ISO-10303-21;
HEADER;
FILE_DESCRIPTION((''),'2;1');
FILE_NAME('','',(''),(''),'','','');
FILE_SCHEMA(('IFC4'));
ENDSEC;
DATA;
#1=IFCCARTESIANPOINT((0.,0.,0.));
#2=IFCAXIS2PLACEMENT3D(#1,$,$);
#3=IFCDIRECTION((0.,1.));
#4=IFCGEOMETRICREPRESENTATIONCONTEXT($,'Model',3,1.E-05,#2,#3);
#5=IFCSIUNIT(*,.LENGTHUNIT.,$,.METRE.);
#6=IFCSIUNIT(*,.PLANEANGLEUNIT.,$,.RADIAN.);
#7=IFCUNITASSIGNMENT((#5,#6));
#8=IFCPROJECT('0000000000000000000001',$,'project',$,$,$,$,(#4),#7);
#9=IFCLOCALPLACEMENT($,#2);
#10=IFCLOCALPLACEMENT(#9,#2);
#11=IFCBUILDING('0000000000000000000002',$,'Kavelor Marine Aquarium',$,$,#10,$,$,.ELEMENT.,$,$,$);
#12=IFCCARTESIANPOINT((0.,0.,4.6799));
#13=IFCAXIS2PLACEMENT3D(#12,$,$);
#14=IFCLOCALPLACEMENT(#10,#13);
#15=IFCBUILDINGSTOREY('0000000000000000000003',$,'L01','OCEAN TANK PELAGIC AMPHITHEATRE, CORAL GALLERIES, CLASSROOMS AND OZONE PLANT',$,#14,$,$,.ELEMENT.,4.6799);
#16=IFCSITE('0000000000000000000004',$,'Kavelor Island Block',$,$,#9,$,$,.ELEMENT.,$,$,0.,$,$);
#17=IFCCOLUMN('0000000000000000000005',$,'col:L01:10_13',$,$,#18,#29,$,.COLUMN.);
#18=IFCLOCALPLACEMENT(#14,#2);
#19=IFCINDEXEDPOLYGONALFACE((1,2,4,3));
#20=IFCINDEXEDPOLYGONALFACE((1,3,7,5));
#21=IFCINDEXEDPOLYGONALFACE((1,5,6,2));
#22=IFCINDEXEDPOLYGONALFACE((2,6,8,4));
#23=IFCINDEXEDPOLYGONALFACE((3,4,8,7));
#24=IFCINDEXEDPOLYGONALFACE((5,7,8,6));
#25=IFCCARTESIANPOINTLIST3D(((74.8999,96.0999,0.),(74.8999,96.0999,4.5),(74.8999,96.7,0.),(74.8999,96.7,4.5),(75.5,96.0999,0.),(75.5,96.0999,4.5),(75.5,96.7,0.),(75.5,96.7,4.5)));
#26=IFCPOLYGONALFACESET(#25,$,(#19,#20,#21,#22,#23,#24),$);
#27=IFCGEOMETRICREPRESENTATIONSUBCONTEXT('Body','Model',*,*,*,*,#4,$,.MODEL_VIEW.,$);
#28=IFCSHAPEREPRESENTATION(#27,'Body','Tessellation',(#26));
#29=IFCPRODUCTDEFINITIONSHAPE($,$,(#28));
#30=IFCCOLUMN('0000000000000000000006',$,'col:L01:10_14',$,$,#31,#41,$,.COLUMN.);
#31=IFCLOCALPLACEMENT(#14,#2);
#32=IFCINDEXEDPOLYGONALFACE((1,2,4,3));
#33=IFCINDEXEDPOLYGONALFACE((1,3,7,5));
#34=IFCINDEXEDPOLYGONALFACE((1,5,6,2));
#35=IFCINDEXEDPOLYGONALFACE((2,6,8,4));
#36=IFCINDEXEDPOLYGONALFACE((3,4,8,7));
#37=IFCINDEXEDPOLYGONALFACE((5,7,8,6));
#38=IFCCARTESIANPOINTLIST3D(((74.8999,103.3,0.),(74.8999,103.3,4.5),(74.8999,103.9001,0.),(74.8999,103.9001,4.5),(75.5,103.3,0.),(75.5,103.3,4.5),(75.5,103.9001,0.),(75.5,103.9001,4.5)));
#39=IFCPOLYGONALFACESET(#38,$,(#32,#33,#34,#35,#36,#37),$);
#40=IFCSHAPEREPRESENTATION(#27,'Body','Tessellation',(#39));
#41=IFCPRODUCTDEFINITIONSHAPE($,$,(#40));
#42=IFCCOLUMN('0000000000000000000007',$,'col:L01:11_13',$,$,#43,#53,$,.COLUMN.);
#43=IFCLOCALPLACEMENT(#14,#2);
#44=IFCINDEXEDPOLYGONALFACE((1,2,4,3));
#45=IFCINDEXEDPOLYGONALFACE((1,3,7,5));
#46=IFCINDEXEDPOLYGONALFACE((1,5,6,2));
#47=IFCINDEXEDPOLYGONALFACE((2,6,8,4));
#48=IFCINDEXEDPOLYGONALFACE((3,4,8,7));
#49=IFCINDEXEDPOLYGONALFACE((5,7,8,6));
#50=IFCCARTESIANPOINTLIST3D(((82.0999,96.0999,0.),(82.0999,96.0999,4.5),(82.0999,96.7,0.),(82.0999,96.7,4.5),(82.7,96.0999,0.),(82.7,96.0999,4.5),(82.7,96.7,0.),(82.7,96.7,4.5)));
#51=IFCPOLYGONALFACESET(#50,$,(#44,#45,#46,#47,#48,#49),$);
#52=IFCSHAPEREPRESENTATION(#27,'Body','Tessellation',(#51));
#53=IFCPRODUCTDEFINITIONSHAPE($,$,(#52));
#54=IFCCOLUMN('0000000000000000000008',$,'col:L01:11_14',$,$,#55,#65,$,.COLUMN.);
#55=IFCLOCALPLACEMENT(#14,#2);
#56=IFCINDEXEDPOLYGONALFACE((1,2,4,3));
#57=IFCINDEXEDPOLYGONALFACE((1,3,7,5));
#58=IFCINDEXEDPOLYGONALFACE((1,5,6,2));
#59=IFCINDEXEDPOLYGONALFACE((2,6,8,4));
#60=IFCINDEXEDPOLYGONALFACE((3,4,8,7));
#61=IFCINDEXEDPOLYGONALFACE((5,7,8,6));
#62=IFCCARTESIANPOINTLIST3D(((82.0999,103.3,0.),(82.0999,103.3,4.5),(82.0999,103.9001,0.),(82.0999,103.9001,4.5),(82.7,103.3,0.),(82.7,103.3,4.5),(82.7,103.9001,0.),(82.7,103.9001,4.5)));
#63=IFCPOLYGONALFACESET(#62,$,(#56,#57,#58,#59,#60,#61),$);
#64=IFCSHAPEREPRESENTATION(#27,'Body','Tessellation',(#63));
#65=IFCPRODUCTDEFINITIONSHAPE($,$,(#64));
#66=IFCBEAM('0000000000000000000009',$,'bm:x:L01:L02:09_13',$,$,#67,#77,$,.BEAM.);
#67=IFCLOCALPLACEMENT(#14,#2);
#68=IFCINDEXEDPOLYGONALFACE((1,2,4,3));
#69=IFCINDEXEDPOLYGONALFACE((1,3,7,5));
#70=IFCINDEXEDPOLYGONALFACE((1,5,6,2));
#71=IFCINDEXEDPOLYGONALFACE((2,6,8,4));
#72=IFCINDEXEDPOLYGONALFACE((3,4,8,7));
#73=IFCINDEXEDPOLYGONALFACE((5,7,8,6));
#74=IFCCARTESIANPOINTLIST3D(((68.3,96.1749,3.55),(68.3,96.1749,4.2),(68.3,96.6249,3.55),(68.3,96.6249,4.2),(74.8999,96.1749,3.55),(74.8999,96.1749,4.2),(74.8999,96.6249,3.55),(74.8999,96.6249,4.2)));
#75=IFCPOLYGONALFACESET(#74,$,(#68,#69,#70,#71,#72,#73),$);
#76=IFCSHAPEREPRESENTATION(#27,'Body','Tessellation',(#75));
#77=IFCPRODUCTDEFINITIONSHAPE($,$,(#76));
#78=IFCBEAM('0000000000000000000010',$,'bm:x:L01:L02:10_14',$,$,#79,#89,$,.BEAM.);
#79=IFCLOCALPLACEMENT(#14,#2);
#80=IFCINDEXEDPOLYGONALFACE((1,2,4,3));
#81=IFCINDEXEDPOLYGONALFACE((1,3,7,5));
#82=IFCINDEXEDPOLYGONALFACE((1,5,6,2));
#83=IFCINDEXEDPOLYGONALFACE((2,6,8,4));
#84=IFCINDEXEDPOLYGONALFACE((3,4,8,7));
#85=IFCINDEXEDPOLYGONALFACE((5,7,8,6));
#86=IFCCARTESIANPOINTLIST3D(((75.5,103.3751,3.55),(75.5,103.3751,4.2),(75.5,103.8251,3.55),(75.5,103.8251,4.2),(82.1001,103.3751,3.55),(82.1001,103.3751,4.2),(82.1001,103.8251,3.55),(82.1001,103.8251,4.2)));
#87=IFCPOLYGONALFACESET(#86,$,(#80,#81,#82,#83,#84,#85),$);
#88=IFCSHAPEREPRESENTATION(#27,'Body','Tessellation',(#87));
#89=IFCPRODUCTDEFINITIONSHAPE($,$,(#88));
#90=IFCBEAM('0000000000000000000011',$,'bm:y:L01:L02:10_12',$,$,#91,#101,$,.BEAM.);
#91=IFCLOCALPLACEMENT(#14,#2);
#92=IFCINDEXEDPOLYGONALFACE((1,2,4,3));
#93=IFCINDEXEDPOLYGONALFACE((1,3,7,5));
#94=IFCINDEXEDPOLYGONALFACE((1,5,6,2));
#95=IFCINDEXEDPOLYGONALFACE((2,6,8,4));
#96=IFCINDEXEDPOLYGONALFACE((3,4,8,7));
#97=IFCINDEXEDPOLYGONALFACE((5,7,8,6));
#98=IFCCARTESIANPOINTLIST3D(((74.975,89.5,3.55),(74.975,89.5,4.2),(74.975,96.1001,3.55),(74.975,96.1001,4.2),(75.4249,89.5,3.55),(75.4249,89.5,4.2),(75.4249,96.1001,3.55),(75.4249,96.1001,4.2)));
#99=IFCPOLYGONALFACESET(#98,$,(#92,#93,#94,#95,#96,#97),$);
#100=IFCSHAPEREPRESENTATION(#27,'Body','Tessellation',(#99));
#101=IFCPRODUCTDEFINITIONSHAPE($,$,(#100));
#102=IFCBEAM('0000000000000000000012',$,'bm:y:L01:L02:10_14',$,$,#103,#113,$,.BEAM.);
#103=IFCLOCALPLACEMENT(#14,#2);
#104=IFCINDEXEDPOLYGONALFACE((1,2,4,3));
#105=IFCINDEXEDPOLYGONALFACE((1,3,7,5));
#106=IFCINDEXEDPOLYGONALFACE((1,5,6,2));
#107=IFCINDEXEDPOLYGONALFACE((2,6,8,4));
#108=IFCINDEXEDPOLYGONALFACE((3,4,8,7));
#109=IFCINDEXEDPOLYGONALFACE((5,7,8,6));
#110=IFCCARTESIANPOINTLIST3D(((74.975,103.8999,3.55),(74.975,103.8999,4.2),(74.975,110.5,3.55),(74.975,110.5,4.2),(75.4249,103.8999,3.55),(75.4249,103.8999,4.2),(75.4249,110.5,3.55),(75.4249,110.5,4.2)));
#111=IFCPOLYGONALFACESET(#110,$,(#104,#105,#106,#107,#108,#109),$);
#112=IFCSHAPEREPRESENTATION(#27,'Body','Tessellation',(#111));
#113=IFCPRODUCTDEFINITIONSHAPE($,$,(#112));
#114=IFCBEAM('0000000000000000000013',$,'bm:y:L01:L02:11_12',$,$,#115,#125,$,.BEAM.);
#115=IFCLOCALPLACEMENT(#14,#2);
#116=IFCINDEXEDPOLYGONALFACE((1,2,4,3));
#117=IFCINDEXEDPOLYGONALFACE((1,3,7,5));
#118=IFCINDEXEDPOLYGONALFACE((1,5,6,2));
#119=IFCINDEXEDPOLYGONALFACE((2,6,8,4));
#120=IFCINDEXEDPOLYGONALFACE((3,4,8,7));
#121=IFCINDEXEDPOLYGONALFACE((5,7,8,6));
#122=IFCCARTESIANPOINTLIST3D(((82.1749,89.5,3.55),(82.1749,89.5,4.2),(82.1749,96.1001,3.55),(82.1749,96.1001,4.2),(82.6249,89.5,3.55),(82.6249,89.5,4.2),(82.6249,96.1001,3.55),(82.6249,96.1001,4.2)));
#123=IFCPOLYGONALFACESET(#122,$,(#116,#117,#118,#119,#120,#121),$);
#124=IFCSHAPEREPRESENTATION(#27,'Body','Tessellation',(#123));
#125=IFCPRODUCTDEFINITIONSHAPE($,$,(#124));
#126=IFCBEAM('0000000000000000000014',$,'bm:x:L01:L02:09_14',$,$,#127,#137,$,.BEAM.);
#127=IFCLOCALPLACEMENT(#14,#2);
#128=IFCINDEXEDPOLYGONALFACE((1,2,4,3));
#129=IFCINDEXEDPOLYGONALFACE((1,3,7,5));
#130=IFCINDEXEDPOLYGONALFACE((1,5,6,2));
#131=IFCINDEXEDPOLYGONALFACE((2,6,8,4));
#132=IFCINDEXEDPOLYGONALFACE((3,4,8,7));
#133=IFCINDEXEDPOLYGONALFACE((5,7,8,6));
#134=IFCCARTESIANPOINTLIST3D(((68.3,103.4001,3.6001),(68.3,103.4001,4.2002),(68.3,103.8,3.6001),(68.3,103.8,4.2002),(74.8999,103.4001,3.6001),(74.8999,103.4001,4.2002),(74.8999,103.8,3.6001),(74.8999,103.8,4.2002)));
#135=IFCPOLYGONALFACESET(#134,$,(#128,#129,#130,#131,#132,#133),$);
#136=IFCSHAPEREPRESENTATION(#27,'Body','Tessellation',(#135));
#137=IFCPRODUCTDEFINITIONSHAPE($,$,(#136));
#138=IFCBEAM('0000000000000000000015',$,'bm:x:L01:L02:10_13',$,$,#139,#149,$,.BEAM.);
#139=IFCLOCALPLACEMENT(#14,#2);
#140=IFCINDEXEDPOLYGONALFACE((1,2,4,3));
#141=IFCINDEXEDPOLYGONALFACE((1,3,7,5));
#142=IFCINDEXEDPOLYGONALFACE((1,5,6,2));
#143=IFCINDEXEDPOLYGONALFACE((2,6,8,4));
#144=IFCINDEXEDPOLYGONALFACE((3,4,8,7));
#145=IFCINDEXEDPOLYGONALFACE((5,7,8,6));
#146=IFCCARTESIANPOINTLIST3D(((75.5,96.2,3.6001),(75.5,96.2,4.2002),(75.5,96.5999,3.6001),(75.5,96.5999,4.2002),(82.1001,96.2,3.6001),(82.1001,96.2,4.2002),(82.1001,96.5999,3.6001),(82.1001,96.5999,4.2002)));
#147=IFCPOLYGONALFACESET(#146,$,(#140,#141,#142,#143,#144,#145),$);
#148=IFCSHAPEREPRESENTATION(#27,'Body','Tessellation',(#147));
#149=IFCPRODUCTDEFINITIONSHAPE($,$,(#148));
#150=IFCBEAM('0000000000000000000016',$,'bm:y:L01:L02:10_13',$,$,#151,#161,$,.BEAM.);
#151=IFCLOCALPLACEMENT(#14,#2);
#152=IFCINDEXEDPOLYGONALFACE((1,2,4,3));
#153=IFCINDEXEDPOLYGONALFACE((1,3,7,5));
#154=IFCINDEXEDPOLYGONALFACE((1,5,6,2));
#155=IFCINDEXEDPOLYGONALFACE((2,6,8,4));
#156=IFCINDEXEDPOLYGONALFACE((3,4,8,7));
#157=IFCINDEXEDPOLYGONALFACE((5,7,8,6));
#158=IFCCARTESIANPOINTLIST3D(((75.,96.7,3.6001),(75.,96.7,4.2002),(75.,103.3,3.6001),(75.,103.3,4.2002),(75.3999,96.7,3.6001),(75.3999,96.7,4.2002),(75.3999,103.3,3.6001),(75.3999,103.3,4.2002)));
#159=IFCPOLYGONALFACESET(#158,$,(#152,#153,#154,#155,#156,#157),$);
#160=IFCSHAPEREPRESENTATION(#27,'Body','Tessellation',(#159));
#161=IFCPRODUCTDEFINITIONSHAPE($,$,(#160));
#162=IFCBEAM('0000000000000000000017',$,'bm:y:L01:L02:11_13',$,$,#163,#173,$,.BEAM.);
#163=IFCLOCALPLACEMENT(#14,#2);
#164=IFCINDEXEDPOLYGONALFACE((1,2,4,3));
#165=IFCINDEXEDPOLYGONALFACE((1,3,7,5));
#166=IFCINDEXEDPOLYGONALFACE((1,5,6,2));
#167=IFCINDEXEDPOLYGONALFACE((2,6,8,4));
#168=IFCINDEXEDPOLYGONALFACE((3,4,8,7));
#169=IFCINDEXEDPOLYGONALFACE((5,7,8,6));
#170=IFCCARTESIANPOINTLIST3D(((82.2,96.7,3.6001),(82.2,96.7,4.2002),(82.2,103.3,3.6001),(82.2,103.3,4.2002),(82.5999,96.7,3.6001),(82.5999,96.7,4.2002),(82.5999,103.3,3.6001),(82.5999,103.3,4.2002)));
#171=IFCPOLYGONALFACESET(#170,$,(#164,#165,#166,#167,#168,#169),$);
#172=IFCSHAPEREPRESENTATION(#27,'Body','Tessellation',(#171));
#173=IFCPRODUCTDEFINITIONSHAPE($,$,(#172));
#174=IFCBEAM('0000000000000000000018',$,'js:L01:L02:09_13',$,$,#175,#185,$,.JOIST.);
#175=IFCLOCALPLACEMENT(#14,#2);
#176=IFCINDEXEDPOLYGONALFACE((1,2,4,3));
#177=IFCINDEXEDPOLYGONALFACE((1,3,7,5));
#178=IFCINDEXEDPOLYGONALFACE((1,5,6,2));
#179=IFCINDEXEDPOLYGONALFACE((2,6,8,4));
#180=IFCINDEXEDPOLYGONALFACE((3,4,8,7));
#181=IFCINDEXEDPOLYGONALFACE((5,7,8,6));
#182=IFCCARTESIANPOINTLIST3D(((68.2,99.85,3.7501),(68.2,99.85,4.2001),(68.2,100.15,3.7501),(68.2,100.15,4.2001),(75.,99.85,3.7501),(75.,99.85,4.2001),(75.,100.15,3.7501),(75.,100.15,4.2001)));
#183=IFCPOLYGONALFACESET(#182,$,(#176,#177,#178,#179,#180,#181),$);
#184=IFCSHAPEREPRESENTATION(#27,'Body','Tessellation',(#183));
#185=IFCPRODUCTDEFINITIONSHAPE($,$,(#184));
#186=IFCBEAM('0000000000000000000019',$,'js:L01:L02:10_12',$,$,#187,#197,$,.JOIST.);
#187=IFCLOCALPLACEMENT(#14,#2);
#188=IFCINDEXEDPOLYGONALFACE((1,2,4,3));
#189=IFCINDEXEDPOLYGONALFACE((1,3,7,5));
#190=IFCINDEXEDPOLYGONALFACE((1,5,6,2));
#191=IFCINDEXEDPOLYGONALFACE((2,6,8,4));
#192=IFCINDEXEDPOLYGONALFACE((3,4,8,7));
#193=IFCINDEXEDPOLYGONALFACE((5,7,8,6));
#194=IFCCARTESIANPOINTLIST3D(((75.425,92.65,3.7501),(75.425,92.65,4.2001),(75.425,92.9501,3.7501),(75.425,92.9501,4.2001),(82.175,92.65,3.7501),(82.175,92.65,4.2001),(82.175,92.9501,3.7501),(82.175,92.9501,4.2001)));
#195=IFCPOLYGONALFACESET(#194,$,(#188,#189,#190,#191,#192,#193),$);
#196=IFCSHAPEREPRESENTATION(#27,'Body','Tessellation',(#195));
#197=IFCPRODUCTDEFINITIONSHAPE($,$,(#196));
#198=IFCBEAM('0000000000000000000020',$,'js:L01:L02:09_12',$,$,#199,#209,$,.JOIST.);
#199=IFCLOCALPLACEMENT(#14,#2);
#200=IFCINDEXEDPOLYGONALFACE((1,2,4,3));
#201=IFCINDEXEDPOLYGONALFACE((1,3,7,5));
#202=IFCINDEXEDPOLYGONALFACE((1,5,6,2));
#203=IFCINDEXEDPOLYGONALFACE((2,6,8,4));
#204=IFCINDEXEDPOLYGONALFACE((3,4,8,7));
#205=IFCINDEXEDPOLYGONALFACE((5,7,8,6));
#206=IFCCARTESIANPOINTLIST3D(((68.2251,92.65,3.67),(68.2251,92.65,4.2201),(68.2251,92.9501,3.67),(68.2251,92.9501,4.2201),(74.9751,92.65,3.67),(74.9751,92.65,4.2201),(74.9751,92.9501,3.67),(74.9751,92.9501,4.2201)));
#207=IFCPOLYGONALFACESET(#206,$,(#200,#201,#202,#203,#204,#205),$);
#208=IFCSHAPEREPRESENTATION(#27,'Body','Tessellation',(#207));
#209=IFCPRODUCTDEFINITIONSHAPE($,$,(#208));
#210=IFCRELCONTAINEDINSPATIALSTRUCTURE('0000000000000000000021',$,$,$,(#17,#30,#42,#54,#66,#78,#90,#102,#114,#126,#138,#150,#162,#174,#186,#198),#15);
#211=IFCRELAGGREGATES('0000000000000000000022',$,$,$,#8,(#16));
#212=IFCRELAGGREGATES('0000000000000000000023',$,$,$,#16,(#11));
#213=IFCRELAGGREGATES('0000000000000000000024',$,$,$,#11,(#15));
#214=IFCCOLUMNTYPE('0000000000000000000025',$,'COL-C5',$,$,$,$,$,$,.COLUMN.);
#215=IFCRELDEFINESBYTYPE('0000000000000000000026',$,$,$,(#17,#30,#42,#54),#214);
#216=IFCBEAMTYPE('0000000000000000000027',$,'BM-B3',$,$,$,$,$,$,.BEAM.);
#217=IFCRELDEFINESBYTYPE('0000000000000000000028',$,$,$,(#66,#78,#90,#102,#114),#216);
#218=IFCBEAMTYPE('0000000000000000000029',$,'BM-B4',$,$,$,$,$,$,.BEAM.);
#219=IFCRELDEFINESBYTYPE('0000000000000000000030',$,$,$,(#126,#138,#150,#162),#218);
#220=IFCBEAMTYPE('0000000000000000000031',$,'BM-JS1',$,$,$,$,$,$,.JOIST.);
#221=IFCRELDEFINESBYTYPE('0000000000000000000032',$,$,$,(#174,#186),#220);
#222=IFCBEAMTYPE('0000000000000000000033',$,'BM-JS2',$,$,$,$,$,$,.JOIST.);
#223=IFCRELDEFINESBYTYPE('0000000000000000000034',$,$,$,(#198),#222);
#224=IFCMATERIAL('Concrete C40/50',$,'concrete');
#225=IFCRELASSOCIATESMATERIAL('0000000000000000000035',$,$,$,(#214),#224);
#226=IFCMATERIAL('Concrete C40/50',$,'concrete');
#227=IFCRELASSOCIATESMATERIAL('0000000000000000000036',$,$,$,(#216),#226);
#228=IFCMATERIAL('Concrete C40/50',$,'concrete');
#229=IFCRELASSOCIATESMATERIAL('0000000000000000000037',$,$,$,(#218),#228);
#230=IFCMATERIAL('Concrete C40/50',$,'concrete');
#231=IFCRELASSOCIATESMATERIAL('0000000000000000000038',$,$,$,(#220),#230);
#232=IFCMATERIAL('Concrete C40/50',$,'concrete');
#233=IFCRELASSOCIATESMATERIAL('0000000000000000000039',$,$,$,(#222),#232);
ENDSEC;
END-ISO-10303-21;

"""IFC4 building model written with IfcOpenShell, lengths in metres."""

from ifc_helpers import new_model, si_unit, direction, frame, origin, origin_2d, place, context, subcontext, project, spatial, rectangle, extrude, material, material_profile, profile_set, type_object, element, save


model = new_model("IFC4")

# Units and contexts
model_context = context("Model", 3, precision=1e-05, world=origin(), true_north=direction((0.0, 1.0)))
body_context = subcontext(model_context, "Body", "Model", "MODEL_VIEW")
ifc_project = project(units=[si_unit("LENGTHUNIT", "METRE"), si_unit("PLANEANGLEUNIT", "RADIAN")], contexts=[model_context])

# Site, building, storey
site_placement = place(None, origin())
site = spatial("IfcSite", under=ifc_project, at=site_placement, Name="Kavelor Island Block", CompositionType="ELEMENT", RefElevation=0.0)
building_placement = place(site_placement, origin())
building = spatial("IfcBuilding", under=site, at=building_placement, Name="Kavelor Marine Aquarium", CompositionType="ELEMENT")
storey_placement = place(building_placement, frame((0.0, 0.0, 4.6799)))
storey = spatial("IfcBuildingStorey", under=building, at=storey_placement, Name="L01", Description="OCEAN TANK PELAGIC AMPHITHEATRE, CORAL GALLERIES, CLASSROOMS AND OZONE PLANT", CompositionType="ELEMENT", Elevation=4.6799)

# Columns
ifc_material_1 = material(Name="Concrete C40/50", Category="concrete")
ifc_material_profile_1 = material_profile(ifc_material_1, rectangle(XDim=0.6001, YDim=0.6001, at=origin_2d()), Name="RC-COL 600x600")
ifc_profile_set_1 = profile_set([ifc_material_profile_1], Name="Concrete C40/50")
column_type = type_object("IfcColumnType", Name="COL-C5", PredefinedType="COLUMN", material=ifc_profile_set_1)
for number, where, z_axis, x_axis, name in (
    (1, (75.2, 96.3999, 0.0), (0.0, 0.0, 1.0), (1.0, 0.0, 0.0), "col:L01:10_13"),
    (2, (75.2, 103.6001, 0.0), (0.0, 0.0, 1.0), (1.0, 0.0, 0.0), "col:L01:10_14"),
    (3, (82.3999, 96.3999, 0.0), (0.0, 0.0, 1.0), (1.0, 0.0, 0.0), "col:L01:11_13"),
    (4, (82.3999, 103.6001, 0.0), (0.0, 0.0, 1.0), (1.0, 0.0, 0.0), "col:L01:11_14"),
):
    element("IfcColumn", number, at=place(storey_placement, frame(where, z_axis=z_axis, x_axis=x_axis)), inside=storey, type_object=column_type, Name=name, PredefinedType="COLUMN", context=body_context, shape_type="SweptSolid", body=[
        extrude(rectangle(XDim=0.6001, YDim=0.6001, at=origin_2d()), origin(), (0.0, 0.0, 1.0), 4.5),
    ])

# Beams
ifc_material_2 = material(Name="Concrete C40/50", Category="concrete")
ifc_material_profile_2 = material_profile(ifc_material_2, rectangle(XDim=0.45, YDim=0.6499, at=origin_2d()), Name="RC-BM 450x650")
ifc_profile_set_2 = profile_set([ifc_material_profile_2], Name="Concrete C40/50")
beam_type_1 = type_object("IfcBeamType", Name="BM-B3", PredefinedType="BEAM", material=ifc_profile_set_2)
beam_1_placement = place(storey_placement, frame((68.3, 96.3999, 3.875), z_axis=(1.0, 0.0, 0.0), x_axis=(0.0, 1.0, 0.0)))
element("IfcBeam", 5, at=beam_1_placement, inside=storey, type_object=beam_type_1, Name="bm:x:L01:L02:09_13", PredefinedType="BEAM", context=body_context, shape_type="SweptSolid", body=[
    extrude(rectangle(XDim=0.45, YDim=0.6499, at=origin_2d()), origin(), (0.0, 0.0, 1.0), 6.5999),
])
for number, where, z_axis, x_axis, name in (
    (6, (75.5, 103.6001, 3.875), (1.0, 0.0, 0.0), (0.0, 1.0, 0.0), "bm:x:L01:L02:10_14"),
    (7, (75.2, 89.5, 3.875), (0.0, 1.0, 0.0), (-1.0, 0.0, 0.0), "bm:y:L01:L02:10_12"),
    (8, (75.2, 103.8999, 3.875), (0.0, 1.0, 0.0), (-1.0, 0.0, 0.0), "bm:y:L01:L02:10_14"),
    (9, (82.3999, 89.5, 3.875), (0.0, 1.0, 0.0), (-1.0, 0.0, 0.0), "bm:y:L01:L02:11_12"),
):
    element("IfcBeam", number, at=place(storey_placement, frame(where, z_axis=z_axis, x_axis=x_axis)), inside=storey, type_object=beam_type_1, Name=name, PredefinedType="BEAM", context=body_context, shape_type="SweptSolid", body=[
        extrude(rectangle(XDim=0.45, YDim=0.6499, at=origin_2d()), origin(), (0.0, 0.0, 1.0), 6.6001),
    ])
ifc_material_3 = material(Name="Concrete C40/50", Category="concrete")
ifc_material_profile_3 = material_profile(ifc_material_3, rectangle(XDim=0.3999, YDim=0.6001, at=origin_2d()), Name="RC-BM 400x600")
ifc_profile_set_3 = profile_set([ifc_material_profile_3], Name="Concrete C40/50")
beam_type_2 = type_object("IfcBeamType", Name="BM-B4", PredefinedType="BEAM", material=ifc_profile_set_3)
beam_2_placement = place(storey_placement, frame((68.3, 103.6001, 3.9001), z_axis=(1.0, 0.0, 0.0), x_axis=(0.0, 1.0, 0.0)))
element("IfcBeam", 10, at=beam_2_placement, inside=storey, type_object=beam_type_2, Name="bm:x:L01:L02:09_14", PredefinedType="BEAM", context=body_context, shape_type="SweptSolid", body=[
    extrude(rectangle(XDim=0.3999, YDim=0.6001, at=origin_2d()), origin(), (0.0, 0.0, 1.0), 6.5999),
])
for number, where, z_axis, x_axis, name in (
    (11, (75.5, 96.3999, 3.9001), (1.0, 0.0, 0.0), (0.0, 1.0, 0.0), "bm:x:L01:L02:10_13"),
    (12, (75.2, 96.7, 3.9001), (0.0, 1.0, 0.0), (-1.0, 0.0, 0.0), "bm:y:L01:L02:10_13"),
    (13, (82.3999, 96.7, 3.9001), (0.0, 1.0, 0.0), (-1.0, 0.0, 0.0), "bm:y:L01:L02:11_13"),
):
    element("IfcBeam", number, at=place(storey_placement, frame(where, z_axis=z_axis, x_axis=x_axis)), inside=storey, type_object=beam_type_2, Name=name, PredefinedType="BEAM", context=body_context, shape_type="SweptSolid", body=[
        extrude(rectangle(XDim=0.3999, YDim=0.6001, at=origin_2d()), origin(), (0.0, 0.0, 1.0), 6.6001),
    ])
ifc_material_4 = material(Name="Concrete C40/50", Category="concrete")
ifc_material_profile_4 = material_profile(ifc_material_4, rectangle(XDim=0.3, YDim=0.45, at=origin_2d()), Name="RC-JS 300x450")
ifc_profile_set_4 = profile_set([ifc_material_profile_4], Name="Concrete C40/50")
beam_type_3 = type_object("IfcBeamType", Name="BM-JS1", PredefinedType="JOIST", material=ifc_profile_set_4)
beam_3_placement = place(storey_placement, frame((68.2, 100.0, 3.9751), z_axis=(1.0, 0.0, 0.0), x_axis=(0.0, 1.0, 0.0)))
element("IfcBeam", 14, at=beam_3_placement, inside=storey, type_object=beam_type_3, Name="js:L01:L02:09_13", PredefinedType="JOIST", context=body_context, shape_type="SweptSolid", body=[
    extrude(rectangle(XDim=0.3, YDim=0.45, at=origin_2d()), origin(), (0.0, 0.0, 1.0), 6.8),
])
beam_4_placement = place(storey_placement, frame((75.425, 92.8, 3.9751), z_axis=(1.0, 0.0, 0.0), x_axis=(0.0, 1.0, 0.0)))
element("IfcBeam", 15, at=beam_4_placement, inside=storey, type_object=beam_type_3, Name="js:L01:L02:10_12", PredefinedType="JOIST", context=body_context, shape_type="SweptSolid", body=[
    extrude(rectangle(XDim=0.3, YDim=0.45, at=origin_2d()), origin(), (0.0, 0.0, 1.0), 6.75),
])
ifc_material_5 = material(Name="Concrete C40/50", Category="concrete")
ifc_material_profile_5 = material_profile(ifc_material_5, rectangle(XDim=0.3, YDim=0.55, at=origin_2d()), Name="RC-JS 300x550")
ifc_profile_set_5 = profile_set([ifc_material_profile_5], Name="Concrete C40/50")
beam_type_4 = type_object("IfcBeamType", Name="BM-JS2", PredefinedType="JOIST", material=ifc_profile_set_5)
beam_5_placement = place(storey_placement, frame((68.2251, 92.8, 3.9451), z_axis=(1.0, 0.0, 0.0), x_axis=(0.0, 1.0, 0.0)))
element("IfcBeam", 16, at=beam_5_placement, inside=storey, type_object=beam_type_4, Name="js:L01:L02:09_12", PredefinedType="JOIST", context=body_context, shape_type="SweptSolid", body=[
    extrude(rectangle(XDim=0.3, YDim=0.55, at=origin_2d()), origin(), (0.0, 0.0, 1.0), 6.75),
])

save(model, "model.ifc")
